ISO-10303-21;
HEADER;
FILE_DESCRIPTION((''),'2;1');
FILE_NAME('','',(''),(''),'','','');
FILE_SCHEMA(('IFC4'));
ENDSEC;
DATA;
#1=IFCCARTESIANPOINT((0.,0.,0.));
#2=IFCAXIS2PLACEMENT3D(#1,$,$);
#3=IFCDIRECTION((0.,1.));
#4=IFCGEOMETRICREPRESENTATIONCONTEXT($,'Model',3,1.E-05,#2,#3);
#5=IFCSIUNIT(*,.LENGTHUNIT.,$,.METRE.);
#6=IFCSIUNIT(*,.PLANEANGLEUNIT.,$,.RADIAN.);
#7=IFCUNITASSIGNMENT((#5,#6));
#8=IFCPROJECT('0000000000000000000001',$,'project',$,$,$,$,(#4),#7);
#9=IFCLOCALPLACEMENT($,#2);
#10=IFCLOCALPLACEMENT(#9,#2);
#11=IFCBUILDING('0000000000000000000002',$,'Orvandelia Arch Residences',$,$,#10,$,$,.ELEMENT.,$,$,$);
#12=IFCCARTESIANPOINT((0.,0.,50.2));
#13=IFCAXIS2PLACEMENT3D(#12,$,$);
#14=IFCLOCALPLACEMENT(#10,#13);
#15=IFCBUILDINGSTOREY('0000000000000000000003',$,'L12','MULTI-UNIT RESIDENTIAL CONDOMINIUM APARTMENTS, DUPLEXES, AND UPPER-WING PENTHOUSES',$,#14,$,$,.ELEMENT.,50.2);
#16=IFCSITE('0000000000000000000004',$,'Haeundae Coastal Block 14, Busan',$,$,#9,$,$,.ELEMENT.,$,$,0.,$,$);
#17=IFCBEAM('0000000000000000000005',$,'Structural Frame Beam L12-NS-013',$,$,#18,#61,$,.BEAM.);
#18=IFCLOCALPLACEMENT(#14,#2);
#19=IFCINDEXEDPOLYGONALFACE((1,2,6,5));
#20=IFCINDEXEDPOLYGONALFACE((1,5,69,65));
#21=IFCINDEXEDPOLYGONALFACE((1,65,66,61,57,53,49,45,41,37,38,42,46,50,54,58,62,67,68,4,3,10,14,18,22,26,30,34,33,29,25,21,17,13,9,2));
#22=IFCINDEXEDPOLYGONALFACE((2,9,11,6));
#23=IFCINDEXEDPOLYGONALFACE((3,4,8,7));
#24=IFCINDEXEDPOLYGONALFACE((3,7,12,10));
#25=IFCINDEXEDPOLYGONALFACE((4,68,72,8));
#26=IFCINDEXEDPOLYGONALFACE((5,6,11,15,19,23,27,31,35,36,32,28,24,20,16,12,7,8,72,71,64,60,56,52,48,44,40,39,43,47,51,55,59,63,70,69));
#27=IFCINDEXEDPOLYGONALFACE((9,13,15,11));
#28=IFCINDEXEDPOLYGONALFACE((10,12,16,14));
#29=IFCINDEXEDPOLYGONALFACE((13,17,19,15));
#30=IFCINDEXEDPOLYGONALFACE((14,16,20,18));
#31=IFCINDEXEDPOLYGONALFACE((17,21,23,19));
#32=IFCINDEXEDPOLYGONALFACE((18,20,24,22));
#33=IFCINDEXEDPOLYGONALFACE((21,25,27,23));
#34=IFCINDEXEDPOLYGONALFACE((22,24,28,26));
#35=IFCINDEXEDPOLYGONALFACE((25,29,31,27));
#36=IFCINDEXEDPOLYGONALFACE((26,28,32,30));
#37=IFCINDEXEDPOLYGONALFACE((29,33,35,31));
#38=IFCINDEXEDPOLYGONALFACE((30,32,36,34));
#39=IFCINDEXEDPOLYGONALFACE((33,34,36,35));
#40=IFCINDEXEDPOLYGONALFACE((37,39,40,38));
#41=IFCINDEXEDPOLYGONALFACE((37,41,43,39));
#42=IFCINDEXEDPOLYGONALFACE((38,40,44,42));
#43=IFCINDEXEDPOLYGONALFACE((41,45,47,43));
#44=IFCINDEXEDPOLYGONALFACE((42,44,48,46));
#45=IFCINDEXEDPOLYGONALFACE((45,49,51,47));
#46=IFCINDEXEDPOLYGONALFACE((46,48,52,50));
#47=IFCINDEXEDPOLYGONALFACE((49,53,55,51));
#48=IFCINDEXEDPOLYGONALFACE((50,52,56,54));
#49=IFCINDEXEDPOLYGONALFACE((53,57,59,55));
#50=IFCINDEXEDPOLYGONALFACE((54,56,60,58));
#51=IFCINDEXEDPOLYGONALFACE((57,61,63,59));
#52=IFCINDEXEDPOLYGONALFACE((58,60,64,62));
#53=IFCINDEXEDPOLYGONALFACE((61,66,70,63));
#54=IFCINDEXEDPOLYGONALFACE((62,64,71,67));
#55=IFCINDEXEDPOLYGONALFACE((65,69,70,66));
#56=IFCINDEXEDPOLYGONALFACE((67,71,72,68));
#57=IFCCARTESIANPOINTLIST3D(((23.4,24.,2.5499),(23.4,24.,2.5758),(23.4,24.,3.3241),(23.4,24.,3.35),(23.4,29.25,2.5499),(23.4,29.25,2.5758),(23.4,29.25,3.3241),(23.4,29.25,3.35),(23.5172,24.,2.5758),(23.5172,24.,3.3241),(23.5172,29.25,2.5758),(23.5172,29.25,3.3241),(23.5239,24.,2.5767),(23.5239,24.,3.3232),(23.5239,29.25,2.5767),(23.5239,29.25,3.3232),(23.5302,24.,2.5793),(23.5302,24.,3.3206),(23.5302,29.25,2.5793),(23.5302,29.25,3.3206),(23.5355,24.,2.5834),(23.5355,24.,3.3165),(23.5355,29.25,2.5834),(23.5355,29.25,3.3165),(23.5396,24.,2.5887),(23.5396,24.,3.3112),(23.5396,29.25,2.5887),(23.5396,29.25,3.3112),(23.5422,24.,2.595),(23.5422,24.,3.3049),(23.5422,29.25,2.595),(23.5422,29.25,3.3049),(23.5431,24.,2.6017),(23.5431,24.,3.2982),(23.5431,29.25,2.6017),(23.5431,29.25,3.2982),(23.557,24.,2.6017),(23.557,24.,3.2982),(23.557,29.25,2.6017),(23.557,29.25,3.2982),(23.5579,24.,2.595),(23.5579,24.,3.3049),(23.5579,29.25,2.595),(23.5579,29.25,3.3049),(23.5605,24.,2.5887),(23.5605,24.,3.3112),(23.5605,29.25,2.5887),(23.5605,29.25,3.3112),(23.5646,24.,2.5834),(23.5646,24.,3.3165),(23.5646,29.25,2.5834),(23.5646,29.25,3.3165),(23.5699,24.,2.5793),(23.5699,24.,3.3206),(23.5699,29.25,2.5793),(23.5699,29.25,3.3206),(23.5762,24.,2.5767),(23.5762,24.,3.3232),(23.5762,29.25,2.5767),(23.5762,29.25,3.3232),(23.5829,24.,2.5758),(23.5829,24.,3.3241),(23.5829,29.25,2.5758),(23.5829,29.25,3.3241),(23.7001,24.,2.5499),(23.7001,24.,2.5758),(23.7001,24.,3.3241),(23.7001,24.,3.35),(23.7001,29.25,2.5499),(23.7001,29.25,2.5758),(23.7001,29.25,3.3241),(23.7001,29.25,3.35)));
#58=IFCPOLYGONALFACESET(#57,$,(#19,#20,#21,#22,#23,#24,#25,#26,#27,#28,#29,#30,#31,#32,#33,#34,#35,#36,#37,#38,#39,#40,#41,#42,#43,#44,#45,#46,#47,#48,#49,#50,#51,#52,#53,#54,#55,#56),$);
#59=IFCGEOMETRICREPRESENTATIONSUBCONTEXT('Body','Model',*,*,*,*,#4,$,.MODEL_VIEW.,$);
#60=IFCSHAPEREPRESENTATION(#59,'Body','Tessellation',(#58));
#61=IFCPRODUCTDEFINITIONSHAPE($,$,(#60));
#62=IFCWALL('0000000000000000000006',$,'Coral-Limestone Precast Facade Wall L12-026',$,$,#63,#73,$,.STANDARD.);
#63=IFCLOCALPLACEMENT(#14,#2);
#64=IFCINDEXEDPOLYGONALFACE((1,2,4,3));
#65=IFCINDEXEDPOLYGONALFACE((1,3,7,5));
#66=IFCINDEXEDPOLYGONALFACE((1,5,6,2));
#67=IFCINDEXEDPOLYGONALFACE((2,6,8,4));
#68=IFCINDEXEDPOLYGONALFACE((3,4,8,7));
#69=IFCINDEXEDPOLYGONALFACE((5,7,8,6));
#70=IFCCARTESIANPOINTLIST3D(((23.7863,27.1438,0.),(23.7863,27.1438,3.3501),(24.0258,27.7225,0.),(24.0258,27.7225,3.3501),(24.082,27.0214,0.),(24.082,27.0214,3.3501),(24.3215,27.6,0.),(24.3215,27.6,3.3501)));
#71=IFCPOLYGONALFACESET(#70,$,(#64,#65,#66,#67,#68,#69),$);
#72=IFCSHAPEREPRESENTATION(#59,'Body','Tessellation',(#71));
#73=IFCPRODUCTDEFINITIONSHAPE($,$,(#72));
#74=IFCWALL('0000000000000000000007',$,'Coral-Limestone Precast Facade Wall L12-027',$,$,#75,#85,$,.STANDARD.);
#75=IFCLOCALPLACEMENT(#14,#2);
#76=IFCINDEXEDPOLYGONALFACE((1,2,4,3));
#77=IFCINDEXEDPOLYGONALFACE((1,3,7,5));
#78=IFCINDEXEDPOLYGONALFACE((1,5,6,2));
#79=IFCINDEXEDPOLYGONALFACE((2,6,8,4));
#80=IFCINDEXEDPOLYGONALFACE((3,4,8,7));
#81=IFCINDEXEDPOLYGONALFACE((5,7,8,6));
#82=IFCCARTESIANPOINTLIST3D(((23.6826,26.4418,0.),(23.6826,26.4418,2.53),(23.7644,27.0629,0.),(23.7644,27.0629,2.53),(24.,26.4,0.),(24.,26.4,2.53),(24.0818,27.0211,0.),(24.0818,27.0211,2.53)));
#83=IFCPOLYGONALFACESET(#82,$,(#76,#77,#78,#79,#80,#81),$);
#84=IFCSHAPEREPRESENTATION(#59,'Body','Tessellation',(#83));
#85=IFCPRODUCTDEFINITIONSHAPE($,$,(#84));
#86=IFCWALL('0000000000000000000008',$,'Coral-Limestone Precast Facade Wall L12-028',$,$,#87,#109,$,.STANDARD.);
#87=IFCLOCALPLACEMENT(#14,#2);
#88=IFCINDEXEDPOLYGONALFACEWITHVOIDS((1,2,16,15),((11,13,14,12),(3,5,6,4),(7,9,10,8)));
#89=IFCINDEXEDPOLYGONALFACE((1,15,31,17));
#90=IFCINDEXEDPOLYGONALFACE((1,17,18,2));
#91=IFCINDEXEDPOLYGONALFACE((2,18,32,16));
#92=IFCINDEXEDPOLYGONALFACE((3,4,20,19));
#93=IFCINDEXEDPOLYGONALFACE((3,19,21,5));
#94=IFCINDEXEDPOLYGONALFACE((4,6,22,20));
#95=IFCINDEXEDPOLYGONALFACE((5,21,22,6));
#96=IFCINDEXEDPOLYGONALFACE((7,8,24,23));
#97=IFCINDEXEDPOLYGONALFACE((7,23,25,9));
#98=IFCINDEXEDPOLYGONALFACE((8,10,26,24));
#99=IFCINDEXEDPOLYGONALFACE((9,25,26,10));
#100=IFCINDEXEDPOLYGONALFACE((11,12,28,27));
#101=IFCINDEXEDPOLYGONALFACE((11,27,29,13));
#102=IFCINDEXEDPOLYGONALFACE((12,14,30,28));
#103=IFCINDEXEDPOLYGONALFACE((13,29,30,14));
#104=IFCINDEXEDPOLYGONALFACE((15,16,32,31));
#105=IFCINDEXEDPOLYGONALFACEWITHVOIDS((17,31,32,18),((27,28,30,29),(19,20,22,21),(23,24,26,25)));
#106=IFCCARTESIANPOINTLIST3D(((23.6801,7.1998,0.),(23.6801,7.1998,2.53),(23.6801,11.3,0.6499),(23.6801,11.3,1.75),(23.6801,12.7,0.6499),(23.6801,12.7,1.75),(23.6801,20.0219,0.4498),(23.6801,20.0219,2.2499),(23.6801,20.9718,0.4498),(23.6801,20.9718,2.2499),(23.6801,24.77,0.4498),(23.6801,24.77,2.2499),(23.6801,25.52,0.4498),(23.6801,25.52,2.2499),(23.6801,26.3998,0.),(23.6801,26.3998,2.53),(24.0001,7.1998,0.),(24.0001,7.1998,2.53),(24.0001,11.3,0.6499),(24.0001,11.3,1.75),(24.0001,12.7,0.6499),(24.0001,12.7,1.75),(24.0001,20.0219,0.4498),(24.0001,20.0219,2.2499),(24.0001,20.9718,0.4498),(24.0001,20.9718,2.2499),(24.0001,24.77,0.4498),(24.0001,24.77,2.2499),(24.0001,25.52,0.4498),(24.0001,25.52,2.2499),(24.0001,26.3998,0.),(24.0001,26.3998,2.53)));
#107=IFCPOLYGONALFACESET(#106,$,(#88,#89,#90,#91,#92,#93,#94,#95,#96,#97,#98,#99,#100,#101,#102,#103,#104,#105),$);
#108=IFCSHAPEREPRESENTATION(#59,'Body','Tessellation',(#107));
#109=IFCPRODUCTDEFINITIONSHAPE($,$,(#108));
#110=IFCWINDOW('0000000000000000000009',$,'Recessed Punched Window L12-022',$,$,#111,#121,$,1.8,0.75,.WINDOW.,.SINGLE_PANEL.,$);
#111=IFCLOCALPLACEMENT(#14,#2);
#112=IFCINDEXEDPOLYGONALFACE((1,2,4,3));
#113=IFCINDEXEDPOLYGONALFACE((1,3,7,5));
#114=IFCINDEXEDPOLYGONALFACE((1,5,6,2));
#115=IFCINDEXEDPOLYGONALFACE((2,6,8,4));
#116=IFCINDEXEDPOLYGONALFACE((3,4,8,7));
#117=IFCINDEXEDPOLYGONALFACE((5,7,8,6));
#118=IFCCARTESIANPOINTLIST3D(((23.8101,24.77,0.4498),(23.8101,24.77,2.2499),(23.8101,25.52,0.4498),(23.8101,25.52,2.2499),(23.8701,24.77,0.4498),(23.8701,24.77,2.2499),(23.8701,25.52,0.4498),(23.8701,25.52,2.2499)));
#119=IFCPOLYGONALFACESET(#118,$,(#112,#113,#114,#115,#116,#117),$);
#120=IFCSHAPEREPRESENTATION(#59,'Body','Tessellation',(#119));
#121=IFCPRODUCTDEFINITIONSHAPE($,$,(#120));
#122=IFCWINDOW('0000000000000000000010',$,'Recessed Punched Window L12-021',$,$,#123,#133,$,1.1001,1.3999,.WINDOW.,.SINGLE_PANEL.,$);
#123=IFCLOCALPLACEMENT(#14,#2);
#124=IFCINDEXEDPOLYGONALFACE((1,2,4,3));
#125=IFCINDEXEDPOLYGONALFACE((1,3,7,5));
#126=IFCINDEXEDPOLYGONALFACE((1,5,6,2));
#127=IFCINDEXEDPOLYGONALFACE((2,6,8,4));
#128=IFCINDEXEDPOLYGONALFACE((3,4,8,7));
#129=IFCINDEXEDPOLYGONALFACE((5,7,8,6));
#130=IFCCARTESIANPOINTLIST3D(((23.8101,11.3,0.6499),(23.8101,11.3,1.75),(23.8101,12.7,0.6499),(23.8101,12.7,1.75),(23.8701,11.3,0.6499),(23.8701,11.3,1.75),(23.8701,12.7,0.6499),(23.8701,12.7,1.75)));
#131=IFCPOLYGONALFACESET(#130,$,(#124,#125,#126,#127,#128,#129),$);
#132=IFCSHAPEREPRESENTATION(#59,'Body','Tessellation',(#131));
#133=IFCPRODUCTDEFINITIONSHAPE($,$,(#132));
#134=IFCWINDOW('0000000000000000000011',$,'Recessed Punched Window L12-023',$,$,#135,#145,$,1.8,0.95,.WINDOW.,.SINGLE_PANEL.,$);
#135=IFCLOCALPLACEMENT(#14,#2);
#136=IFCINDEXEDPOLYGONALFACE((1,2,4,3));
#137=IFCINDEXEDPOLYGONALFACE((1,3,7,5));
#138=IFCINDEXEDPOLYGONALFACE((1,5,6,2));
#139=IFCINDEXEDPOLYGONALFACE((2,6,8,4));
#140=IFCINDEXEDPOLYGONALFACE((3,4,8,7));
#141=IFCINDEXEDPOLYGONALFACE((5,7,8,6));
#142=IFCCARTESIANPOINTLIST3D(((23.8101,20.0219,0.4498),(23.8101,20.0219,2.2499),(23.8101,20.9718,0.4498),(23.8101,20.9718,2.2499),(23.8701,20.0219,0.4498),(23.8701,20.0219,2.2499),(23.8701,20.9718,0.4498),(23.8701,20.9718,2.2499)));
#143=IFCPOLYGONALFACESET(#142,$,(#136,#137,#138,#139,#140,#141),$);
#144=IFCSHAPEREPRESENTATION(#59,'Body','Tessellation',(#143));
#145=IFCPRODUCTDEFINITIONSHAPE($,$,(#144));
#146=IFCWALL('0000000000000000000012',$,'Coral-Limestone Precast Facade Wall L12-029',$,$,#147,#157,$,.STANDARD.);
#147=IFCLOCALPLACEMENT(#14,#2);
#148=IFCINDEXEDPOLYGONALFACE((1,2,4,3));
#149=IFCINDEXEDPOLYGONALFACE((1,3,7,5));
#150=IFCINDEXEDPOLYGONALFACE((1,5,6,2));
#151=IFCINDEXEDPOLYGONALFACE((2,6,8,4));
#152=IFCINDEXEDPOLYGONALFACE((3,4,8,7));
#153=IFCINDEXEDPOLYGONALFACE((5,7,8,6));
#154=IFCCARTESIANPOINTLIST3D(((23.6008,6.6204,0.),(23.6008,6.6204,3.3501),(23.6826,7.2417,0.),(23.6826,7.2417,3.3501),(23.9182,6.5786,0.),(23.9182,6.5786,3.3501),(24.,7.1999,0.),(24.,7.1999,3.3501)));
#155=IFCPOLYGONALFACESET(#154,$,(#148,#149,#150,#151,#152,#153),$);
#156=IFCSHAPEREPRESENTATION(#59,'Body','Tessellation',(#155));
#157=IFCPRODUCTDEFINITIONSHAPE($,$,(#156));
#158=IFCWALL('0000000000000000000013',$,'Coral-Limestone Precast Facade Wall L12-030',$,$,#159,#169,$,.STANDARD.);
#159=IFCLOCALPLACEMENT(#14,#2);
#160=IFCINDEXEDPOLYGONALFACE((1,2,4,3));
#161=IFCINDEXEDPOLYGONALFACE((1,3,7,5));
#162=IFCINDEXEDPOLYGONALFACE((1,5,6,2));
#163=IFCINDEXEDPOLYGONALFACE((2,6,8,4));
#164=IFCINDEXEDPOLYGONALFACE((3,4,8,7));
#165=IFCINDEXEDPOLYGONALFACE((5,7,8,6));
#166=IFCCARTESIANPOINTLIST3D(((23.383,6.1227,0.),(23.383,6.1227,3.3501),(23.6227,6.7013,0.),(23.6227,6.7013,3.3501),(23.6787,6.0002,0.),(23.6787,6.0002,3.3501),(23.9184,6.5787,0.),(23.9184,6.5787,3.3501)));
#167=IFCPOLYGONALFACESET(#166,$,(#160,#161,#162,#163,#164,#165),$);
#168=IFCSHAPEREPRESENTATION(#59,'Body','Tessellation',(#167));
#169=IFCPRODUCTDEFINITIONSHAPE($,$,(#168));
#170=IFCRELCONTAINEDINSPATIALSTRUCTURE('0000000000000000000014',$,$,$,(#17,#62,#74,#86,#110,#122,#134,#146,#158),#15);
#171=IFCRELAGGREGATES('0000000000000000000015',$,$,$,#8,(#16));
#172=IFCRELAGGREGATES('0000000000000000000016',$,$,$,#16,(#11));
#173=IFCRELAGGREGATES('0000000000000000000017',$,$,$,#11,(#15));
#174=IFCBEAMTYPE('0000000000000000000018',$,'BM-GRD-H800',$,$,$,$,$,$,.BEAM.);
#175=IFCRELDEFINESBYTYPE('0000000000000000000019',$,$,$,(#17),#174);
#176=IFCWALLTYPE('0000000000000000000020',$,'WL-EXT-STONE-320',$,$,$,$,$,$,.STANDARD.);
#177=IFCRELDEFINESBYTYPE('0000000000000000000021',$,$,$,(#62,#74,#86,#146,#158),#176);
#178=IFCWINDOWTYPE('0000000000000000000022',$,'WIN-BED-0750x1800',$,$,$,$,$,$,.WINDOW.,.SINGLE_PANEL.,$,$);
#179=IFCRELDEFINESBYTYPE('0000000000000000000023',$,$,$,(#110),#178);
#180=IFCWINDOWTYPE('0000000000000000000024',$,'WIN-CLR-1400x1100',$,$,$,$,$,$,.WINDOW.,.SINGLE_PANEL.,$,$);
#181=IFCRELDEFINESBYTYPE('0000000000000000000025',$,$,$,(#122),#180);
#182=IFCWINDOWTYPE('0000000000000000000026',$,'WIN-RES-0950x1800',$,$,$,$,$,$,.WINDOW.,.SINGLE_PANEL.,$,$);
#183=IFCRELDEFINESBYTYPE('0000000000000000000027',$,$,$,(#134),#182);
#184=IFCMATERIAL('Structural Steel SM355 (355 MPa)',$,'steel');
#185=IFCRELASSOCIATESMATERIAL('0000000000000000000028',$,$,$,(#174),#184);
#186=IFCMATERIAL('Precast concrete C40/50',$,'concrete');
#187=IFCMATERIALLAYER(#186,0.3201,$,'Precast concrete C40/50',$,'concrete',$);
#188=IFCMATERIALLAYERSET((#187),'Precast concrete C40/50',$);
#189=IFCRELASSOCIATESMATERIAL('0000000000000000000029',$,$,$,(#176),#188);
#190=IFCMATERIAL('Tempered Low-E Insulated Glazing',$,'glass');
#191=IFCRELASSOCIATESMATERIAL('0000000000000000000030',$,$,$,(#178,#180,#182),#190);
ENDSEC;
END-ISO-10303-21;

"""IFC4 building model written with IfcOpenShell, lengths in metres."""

from ifc_helpers import new_model, si_unit, direction, frame, frame_2d, origin, origin_2d, place, context, subcontext, project, spatial, rectangle, i_section, extrude, material, layer, layer_set, material_profile, profile_set, type_object, element, fill, save


model = new_model("IFC4")

# Units and contexts
model_context = context("Model", 3, precision=1e-05, world=origin(), true_north=direction((0.0, 1.0)))
body_context = subcontext(model_context, "Body", "Model", "MODEL_VIEW")
ifc_project = project(units=[si_unit("LENGTHUNIT", "METRE"), si_unit("PLANEANGLEUNIT", "RADIAN")], contexts=[model_context])

# Site, building, storey
site_placement = place(None, origin())
site = spatial("IfcSite", under=ifc_project, at=site_placement, Name="Haeundae Coastal Block 14, Busan", CompositionType="ELEMENT", RefElevation=0.0)
building_placement = place(site_placement, origin())
building = spatial("IfcBuilding", under=site, at=building_placement, Name="Orvandelia Arch Residences", CompositionType="ELEMENT")
storey_placement = place(building_placement, frame((0.0, 0.0, 50.2)))
storey = spatial("IfcBuildingStorey", under=building, at=storey_placement, Name="L12", Description="MULTI-UNIT RESIDENTIAL CONDOMINIUM APARTMENTS, DUPLEXES, AND UPPER-WING PENTHOUSES", CompositionType="ELEMENT", Elevation=50.2)

# Beam
ifc_material_1 = material(Name="Structural Steel SM355 (355 MPa)", Category="steel")
ifc_material_profile_1 = material_profile(ifc_material_1, i_section(OverallWidth=0.3, OverallDepth=0.8, WebThickness=0.0139, FlangeThickness=0.0259, FilletRadius=0.0259, at=origin_2d()), Name="Structural Steel SM355 (355 MPa)", Category="steel")
ifc_profile_set_1 = profile_set([ifc_material_profile_1], Name="Structural Steel SM355 (355 MPa)")
beam_type = type_object("IfcBeamType", Name="BM-GRD-H800", PredefinedType="BEAM", material=ifc_profile_set_1)
beam_1_placement = place(storey_placement, frame((23.55, 24.0, 2.95), z_axis=(0.0, 1.0, 0.0), x_axis=(-1.0, 0.0, 0.0)))
element("IfcBeam", 1, at=beam_1_placement, inside=storey, type_object=beam_type, Name="Structural Frame Beam L12-NS-013", PredefinedType="BEAM", context=body_context, shape_type="SweptSolid", body=[
    extrude(i_section(OverallWidth=0.3, OverallDepth=0.8, WebThickness=0.0139, FlangeThickness=0.0259, FilletRadius=0.0259, at=origin_2d()), origin(), (0.0, 0.0, 1.0), 5.25),
])

# Walls
ifc_material_2 = material(Name="Precast concrete C40/50", Category="concrete")
ifc_layer_1 = layer(ifc_material_2, 0.3201, Name="Precast concrete C40/50", Category="concrete")
ifc_layer_set_1 = layer_set([ifc_layer_1], Name="Precast concrete C40/50")
wall_type_1 = type_object("IfcWallType", Name="WL-EXT-STONE-320", PredefinedType="STANDARD", material=ifc_layer_set_1)
wall_1_placement = place(storey_placement, frame((24.1736, 27.6611, 0.0), z_axis=(0.0, 0.0, 1.0), x_axis=(-0.382455, -0.923974, 0.0)))
element("IfcWall", 2, at=wall_1_placement, inside=storey, type_object=wall_type_1, Name="Coral-Limestone Precast Facade Wall L12-026", PredefinedType="STANDARD", context=body_context, shape_type="SweptSolid", body=[
    extrude(rectangle(XDim=0.6262, YDim=0.3201, at=frame_2d((0.313, 0.0))), origin(), (0.0, 0.0, 1.0), 3.3501),
])
wall_2_placement = place(storey_placement, frame((23.9231, 27.042, 0.0), z_axis=(0.0, 0.0, 1.0), x_axis=(-0.130555, -0.991441, 0.0)))
element("IfcWall", 3, at=wall_2_placement, inside=storey, type_object=wall_type_1, Name="Coral-Limestone Precast Facade Wall L12-027", PredefinedType="STANDARD", context=body_context, shape_type="SweptSolid", body=[
    extrude(rectangle(XDim=0.6265, YDim=0.3201, at=frame_2d((0.3132, 0.0))), origin(), (0.0, 0.0, 1.0), 2.53),
])

# Wall, openings, windows
wall_3_placement = place(storey_placement, frame((23.8401, 26.3999, 0.0), z_axis=(0.0, 0.0, 1.0), x_axis=(0.0, -1.0, 0.0)))
wall_3 = element("IfcWall", 4, at=wall_3_placement, inside=storey, type_object=wall_type_1, Name="Coral-Limestone Precast Facade Wall L12-028", PredefinedType="STANDARD", context=body_context, shape_type="SweptSolid", body=[
    extrude(rectangle(XDim=19.2, YDim=0.3201, at=frame_2d((9.6001, 0.0))), origin(), (0.0, 0.0, 1.0), 2.53),
])
opening_1_placement = place(wall_3_placement, frame((13.7, 0.0, 0.6499)))
opening_1 = element("IfcOpeningElement", 5, at=opening_1_placement, cuts=wall_3, PredefinedType="OPENING", context=body_context, shape_type="SweptSolid", body=[
    extrude(rectangle(XDim=1.3999, YDim=1.1001, at=frame_2d((0.7, 0.55))), frame((0.0, 0.1699, 0.0), z_axis=(0.0, -1.0, 0.0), x_axis=(1.0, 0.0, 0.0)), (0.0, 0.0, 1.0), 0.3401),
])
opening_2_placement = place(wall_3_placement, frame((0.8799, 0.0, 0.45)))
opening_2 = element("IfcOpeningElement", 6, at=opening_2_placement, cuts=wall_3, PredefinedType="OPENING", context=body_context, shape_type="SweptSolid", body=[
    extrude(rectangle(XDim=0.75, YDim=1.8, at=frame_2d((0.375, 0.8999))), frame((0.0, 0.1699, 0.0), z_axis=(0.0, -1.0, 0.0), x_axis=(1.0, 0.0, 0.0)), (0.0, 0.0, 1.0), 0.3401),
])
opening_3_placement = place(wall_3_placement, frame((5.428, 0.0, 0.45)))
opening_3 = element("IfcOpeningElement", 7, at=opening_3_placement, cuts=wall_3, PredefinedType="OPENING", context=body_context, shape_type="SweptSolid", body=[
    extrude(rectangle(XDim=0.95, YDim=1.8, at=frame_2d((0.4751, 0.8999))), frame((0.0, 0.1699, 0.0), z_axis=(0.0, -1.0, 0.0), x_axis=(1.0, 0.0, 0.0)), (0.0, 0.0, 1.0), 0.3401),
])
ifc_material_3 = material(Name="Tempered Low-E Insulated Glazing", Category="glass")
window_type_1 = type_object("IfcWindowType", Name="WIN-BED-0750x1800", PartitioningType="SINGLE_PANEL", PredefinedType="WINDOW", material=ifc_material_3)
window_1_placement = place(opening_2_placement, origin())
window_1 = element("IfcWindow", 8, at=window_1_placement, inside=storey, type_object=window_type_1, Name="Recessed Punched Window L12-022", OverallHeight=1.8, OverallWidth=0.75, PartitioningType="SINGLE_PANEL", PredefinedType="WINDOW", context=body_context, shape_type="SweptSolid", body=[
    extrude(rectangle(XDim=0.75, YDim=1.8, at=frame_2d((0.375, 0.8999))), frame((0.0, 0.03, 0.0), z_axis=(0.0, -1.0, 0.0), x_axis=(1.0, 0.0, 0.0)), (0.0, 0.0, 1.0), 0.0601),
])
fill(opening_2, window_1)
window_type_2 = type_object("IfcWindowType", Name="WIN-CLR-1400x1100", PartitioningType="SINGLE_PANEL", PredefinedType="WINDOW", material=ifc_material_3)
window_2_placement = place(opening_1_placement, origin())
window_2 = element("IfcWindow", 9, at=window_2_placement, inside=storey, type_object=window_type_2, Name="Recessed Punched Window L12-021", OverallHeight=1.1001, OverallWidth=1.3999, PartitioningType="SINGLE_PANEL", PredefinedType="WINDOW", context=body_context, shape_type="SweptSolid", body=[
    extrude(rectangle(XDim=1.3999, YDim=1.1001, at=frame_2d((0.7, 0.55))), frame((0.0, 0.03, 0.0), z_axis=(0.0, -1.0, 0.0), x_axis=(1.0, 0.0, 0.0)), (0.0, 0.0, 1.0), 0.0601),
])
fill(opening_1, window_2)
window_type_3 = type_object("IfcWindowType", Name="WIN-RES-0950x1800", PartitioningType="SINGLE_PANEL", PredefinedType="WINDOW", material=ifc_material_3)
window_3_placement = place(opening_3_placement, origin())
window_3 = element("IfcWindow", 10, at=window_3_placement, inside=storey, type_object=window_type_3, Name="Recessed Punched Window L12-023", OverallHeight=1.8, OverallWidth=0.95, PartitioningType="SINGLE_PANEL", PredefinedType="WINDOW", context=body_context, shape_type="SweptSolid", body=[
    extrude(rectangle(XDim=0.95, YDim=1.8, at=frame_2d((0.4751, 0.8999))), frame((0.0, 0.03, 0.0), z_axis=(0.0, -1.0, 0.0), x_axis=(1.0, 0.0, 0.0)), (0.0, 0.0, 1.0), 0.0601),
])
fill(opening_3, window_3)

# Walls
wall_4_placement = place(storey_placement, frame((23.8413, 7.2209, 0.0), z_axis=(0.0, 0.0, 1.0), x_axis=(-0.130505, -0.991448, 0.0)))
element("IfcWall", 11, at=wall_4_placement, inside=storey, type_object=wall_type_1, Name="Coral-Limestone Precast Facade Wall L12-029", PredefinedType="STANDARD", context=body_context, shape_type="SweptSolid", body=[
    extrude(rectangle(XDim=0.6267, YDim=0.3201, at=frame_2d((0.3135, 0.0))), origin(), (0.0, 0.0, 1.0), 3.3501),
])
wall_5_placement = place(storey_placement, frame((23.7705, 6.6399, 0.0), z_axis=(0.0, 0.0, 1.0), x_axis=(-0.382788, -0.923836, 0.0)))
element("IfcWall", 12, at=wall_5_placement, inside=storey, type_object=wall_type_1, Name="Coral-Limestone Precast Facade Wall L12-030", PredefinedType="STANDARD", context=body_context, shape_type="SweptSolid", body=[
    extrude(rectangle(XDim=0.6262, YDim=0.3201, at=frame_2d((0.313, 0.0))), origin(), (0.0, 0.0, 1.0), 3.3501),
])

save(model, "model.ifc")
